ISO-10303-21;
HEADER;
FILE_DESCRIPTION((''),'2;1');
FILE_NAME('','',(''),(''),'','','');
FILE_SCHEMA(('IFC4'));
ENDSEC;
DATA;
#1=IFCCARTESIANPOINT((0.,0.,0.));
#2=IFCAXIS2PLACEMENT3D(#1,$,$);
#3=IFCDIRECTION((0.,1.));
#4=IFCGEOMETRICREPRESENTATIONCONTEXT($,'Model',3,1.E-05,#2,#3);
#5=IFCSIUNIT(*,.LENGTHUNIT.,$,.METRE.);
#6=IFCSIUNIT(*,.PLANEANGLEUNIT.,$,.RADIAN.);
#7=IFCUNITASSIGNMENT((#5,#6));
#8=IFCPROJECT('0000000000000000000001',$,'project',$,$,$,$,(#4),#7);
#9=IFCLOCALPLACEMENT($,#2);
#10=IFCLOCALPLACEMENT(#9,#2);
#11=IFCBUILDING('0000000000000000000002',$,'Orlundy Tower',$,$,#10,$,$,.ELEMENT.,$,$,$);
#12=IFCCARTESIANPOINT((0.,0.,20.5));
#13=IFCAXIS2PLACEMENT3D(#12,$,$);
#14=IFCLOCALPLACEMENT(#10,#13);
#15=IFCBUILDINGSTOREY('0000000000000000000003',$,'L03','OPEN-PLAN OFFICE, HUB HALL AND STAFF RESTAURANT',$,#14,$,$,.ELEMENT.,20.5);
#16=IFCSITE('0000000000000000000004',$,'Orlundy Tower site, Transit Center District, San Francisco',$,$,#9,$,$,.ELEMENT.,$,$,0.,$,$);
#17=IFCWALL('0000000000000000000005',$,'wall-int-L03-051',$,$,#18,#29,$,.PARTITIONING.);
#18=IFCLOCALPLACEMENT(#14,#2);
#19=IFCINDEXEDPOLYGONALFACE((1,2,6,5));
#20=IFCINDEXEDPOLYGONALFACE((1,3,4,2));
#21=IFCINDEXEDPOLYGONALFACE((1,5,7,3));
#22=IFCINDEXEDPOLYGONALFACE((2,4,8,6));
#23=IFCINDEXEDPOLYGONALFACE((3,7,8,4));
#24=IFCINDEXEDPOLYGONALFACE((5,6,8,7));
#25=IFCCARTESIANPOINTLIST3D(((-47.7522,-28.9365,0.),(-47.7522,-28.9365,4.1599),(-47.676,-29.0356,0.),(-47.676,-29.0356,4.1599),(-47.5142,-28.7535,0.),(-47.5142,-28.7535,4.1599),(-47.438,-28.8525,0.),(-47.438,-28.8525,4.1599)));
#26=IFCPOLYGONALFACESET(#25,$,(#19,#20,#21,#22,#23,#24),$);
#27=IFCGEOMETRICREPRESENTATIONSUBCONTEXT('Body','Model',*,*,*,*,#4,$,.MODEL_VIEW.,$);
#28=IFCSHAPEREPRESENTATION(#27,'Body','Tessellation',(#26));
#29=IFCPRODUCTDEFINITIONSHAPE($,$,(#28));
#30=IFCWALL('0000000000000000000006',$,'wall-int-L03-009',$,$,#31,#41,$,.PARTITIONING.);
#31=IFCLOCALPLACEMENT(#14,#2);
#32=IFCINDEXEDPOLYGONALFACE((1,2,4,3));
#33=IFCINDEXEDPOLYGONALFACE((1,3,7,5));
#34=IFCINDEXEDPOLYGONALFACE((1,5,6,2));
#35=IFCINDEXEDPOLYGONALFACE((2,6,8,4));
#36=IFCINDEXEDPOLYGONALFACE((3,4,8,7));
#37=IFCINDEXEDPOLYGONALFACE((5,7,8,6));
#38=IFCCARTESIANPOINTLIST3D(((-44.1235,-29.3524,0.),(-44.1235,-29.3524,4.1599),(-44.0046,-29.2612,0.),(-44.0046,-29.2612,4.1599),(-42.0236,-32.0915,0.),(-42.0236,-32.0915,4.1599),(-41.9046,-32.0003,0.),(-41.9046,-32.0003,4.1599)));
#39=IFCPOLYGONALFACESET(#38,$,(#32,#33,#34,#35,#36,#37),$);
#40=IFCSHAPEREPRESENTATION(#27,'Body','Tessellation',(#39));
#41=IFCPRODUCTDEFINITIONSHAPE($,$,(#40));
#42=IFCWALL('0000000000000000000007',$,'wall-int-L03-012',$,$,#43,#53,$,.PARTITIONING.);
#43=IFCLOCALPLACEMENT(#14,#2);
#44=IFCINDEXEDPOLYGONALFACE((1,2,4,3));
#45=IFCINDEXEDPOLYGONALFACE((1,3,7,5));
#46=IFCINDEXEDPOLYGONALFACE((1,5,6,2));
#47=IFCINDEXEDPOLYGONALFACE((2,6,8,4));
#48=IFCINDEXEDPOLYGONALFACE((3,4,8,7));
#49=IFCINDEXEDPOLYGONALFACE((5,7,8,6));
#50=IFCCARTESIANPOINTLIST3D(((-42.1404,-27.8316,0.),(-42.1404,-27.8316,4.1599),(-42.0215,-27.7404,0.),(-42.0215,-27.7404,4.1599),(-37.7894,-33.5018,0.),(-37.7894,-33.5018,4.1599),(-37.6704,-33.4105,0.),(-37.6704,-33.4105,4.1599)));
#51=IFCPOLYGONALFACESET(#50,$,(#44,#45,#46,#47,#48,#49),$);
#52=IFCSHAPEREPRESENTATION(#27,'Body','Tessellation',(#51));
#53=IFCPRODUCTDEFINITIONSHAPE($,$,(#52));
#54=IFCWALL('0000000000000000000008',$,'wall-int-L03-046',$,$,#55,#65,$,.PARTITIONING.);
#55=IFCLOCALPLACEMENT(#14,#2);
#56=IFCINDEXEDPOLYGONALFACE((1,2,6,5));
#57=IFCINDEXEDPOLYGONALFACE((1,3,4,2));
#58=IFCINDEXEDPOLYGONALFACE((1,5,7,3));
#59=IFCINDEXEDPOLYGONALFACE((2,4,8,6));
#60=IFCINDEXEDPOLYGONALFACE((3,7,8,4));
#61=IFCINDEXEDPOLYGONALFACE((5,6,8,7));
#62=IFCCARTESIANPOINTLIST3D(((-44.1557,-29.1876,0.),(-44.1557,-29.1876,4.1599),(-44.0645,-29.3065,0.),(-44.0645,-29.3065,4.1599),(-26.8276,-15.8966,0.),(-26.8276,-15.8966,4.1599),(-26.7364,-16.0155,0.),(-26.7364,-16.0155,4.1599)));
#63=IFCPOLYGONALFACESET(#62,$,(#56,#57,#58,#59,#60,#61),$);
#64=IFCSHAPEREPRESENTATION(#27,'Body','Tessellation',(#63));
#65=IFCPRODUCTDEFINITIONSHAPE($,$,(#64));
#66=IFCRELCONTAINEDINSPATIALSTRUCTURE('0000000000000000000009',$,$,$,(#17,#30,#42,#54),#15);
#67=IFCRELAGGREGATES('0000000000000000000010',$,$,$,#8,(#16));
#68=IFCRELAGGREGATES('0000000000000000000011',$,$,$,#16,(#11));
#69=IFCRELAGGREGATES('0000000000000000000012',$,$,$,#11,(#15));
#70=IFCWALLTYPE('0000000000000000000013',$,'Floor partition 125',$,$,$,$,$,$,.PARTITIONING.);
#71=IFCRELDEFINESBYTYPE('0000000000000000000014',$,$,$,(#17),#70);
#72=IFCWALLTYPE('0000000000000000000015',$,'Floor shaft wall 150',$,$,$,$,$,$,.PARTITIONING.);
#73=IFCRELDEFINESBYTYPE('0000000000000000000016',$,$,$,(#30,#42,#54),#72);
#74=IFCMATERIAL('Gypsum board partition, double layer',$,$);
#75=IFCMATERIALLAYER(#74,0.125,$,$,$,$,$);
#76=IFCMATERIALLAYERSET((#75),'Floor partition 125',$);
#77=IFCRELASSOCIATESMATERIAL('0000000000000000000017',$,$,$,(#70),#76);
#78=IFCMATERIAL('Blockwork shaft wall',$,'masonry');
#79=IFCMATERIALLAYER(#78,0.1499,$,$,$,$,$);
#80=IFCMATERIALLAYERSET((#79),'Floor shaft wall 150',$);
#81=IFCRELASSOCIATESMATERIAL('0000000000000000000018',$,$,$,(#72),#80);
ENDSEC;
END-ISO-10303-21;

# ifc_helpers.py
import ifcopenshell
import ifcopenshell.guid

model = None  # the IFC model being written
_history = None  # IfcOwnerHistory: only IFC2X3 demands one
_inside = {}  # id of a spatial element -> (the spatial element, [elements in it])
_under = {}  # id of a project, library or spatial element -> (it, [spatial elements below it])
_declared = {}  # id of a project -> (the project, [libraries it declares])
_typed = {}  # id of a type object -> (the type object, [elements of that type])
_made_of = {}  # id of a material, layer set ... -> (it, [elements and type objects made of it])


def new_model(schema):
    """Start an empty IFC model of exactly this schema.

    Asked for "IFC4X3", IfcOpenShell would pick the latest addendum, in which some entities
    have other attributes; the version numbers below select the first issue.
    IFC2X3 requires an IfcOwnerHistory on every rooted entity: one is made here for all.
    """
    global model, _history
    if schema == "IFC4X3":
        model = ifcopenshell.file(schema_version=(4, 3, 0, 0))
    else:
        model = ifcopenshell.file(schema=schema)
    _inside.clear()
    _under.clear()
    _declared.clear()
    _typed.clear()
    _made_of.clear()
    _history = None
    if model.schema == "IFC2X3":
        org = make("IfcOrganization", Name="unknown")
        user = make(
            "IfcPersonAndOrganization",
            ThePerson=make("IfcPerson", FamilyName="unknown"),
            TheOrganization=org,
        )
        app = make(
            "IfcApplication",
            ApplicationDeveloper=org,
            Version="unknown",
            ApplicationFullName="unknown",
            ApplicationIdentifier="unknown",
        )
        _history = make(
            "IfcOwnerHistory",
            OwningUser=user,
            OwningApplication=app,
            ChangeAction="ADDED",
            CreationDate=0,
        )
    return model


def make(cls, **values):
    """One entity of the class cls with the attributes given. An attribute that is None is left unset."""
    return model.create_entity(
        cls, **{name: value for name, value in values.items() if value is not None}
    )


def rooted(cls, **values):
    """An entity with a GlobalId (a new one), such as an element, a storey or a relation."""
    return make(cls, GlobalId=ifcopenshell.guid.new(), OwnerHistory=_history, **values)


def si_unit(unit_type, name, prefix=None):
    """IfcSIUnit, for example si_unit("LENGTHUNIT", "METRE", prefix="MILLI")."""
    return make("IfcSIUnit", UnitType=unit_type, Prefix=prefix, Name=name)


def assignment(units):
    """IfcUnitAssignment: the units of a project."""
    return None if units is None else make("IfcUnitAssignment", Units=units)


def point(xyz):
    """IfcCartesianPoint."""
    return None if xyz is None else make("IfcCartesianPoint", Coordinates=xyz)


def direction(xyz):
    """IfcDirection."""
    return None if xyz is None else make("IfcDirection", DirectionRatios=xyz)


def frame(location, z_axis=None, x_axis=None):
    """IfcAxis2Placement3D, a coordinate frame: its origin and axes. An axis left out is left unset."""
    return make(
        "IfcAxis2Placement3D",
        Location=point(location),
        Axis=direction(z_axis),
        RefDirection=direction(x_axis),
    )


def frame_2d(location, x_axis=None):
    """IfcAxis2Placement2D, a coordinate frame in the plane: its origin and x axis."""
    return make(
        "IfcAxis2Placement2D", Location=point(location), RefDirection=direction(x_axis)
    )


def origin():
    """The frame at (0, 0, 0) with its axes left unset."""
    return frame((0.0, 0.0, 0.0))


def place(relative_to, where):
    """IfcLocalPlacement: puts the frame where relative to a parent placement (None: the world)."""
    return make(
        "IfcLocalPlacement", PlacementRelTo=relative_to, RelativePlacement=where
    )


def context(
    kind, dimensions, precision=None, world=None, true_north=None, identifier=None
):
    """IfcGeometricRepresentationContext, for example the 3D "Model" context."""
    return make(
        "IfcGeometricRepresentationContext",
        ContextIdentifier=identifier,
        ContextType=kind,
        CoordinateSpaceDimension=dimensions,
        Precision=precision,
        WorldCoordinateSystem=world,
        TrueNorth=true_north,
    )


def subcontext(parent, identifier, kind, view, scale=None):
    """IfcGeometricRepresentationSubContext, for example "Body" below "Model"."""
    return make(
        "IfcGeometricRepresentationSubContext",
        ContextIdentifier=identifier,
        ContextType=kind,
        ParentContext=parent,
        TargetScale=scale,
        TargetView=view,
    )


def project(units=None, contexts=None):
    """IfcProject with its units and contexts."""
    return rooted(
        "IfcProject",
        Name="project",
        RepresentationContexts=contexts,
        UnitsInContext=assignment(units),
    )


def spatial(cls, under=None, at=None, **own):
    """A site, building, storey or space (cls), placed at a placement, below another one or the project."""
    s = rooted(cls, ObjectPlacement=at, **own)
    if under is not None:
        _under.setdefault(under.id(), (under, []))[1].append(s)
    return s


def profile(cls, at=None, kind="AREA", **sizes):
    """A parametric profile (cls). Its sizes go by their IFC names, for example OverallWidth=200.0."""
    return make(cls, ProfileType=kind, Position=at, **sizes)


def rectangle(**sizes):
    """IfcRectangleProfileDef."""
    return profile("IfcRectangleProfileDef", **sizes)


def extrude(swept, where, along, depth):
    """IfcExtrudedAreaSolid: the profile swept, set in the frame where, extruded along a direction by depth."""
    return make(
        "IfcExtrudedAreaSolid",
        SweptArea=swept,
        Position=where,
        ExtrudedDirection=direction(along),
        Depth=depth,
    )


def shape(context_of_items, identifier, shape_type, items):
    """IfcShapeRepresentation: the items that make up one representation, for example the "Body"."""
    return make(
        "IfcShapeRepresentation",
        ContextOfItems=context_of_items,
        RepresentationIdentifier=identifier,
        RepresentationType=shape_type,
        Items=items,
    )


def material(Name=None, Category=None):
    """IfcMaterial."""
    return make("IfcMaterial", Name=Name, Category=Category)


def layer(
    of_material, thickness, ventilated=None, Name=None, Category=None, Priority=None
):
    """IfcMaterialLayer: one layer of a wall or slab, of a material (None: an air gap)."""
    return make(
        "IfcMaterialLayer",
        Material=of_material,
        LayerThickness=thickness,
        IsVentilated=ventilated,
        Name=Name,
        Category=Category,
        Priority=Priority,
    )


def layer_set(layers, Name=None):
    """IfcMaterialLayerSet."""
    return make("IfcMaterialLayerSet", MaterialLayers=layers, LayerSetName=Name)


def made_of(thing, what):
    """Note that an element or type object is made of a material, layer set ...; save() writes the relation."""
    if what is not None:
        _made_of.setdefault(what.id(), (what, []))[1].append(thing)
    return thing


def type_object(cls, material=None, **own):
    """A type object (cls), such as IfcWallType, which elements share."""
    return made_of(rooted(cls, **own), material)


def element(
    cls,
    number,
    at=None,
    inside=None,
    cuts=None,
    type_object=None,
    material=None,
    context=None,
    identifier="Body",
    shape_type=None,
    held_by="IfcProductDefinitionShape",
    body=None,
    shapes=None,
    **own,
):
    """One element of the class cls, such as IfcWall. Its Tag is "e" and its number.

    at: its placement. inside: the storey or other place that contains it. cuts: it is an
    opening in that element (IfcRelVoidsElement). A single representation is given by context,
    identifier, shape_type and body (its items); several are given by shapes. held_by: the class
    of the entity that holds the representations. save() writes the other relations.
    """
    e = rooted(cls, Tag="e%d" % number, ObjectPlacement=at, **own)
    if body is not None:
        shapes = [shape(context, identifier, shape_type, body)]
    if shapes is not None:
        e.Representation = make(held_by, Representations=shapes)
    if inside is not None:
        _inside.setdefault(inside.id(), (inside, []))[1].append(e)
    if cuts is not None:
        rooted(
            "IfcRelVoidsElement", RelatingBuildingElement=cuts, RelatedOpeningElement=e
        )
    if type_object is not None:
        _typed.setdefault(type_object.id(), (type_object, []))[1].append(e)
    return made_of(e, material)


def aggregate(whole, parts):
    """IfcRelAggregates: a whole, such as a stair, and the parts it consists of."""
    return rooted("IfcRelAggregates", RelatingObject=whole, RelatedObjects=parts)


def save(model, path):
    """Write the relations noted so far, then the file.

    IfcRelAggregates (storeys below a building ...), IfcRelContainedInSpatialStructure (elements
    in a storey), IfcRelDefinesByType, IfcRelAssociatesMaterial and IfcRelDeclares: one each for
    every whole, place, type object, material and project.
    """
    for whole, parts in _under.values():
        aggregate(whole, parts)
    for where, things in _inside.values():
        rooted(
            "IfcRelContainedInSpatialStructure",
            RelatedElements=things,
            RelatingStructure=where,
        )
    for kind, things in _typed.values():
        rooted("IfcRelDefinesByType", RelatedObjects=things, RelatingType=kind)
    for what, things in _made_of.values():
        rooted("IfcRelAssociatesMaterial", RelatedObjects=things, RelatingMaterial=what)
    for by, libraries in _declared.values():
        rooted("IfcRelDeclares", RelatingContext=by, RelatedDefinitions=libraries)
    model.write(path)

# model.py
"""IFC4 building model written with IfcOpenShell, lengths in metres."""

from ifc_helpers import new_model, si_unit, direction, frame, frame_2d, origin, place, context, subcontext, project, spatial, rectangle, extrude, material, layer, layer_set, type_object, element, save


model = new_model("IFC4")

# Units and contexts
model_context = context("Model", 3, precision=1e-05, world=origin(), true_north=direction((0.0, 1.0)))
body_context = subcontext(model_context, "Body", "Model", "MODEL_VIEW")
ifc_project = project(units=[si_unit("LENGTHUNIT", "METRE"), si_unit("PLANEANGLEUNIT", "RADIAN")], contexts=[model_context])

# Site, building, storey
site_placement = place(None, origin())
site = spatial("IfcSite", under=ifc_project, at=site_placement, Name="Orlundy Tower site, Transit Center District, San Francisco", CompositionType="ELEMENT", RefElevation=0.0)
building_placement = place(site_placement, origin())
building = spatial("IfcBuilding", under=site, at=building_placement, Name="Orlundy Tower", CompositionType="ELEMENT")
storey_placement = place(building_placement, frame((0.0, 0.0, 20.5)))
storey = spatial("IfcBuildingStorey", under=building, at=storey_placement, Name="L03", Description="OPEN-PLAN OFFICE, HUB HALL AND STAFF RESTAURANT", CompositionType="ELEMENT", Elevation=20.5)

# Shared definitions
ifc_material_1 = material(Name="Gypsum board partition, double layer")
ifc_layer_1 = layer(ifc_material_1, 0.125)
ifc_layer_set_1 = layer_set([ifc_layer_1], Name="Floor partition 125")
wall_type_1 = type_object("IfcWallType", Name="Floor partition 125", PredefinedType="PARTITIONING", material=ifc_layer_set_1)

# Walls
wall_1_placement = place(storey_placement, frame((-47.7141, -28.9861, 0.0), z_axis=(0.0, 0.0, 1.0), x_axis=(0.792624, 0.609711, 0.0)))
element("IfcWall", 1, at=wall_1_placement, inside=storey, type_object=wall_type_1, Name="wall-int-L03-051", PredefinedType="PARTITIONING", context=body_context, shape_type="SweptSolid", body=[
    extrude(rectangle(XDim=0.3003, YDim=0.125, at=frame_2d((0.1501, 0.0))), origin(), (0.0, 0.0, 1.0), 4.1599),
])
ifc_material_2 = material(Name="Blockwork shaft wall", Category="masonry")
ifc_layer_2 = layer(ifc_material_2, 0.1499)
ifc_layer_set_2 = layer_set([ifc_layer_2], Name="Floor shaft wall 150")
wall_type_2 = type_object("IfcWallType", Name="Floor shaft wall 150", PredefinedType="PARTITIONING", material=ifc_layer_set_2)
wall_2_placement = place(storey_placement, frame((-44.064, -29.3069, 0.0), z_axis=(0.0, 0.0, 1.0), x_axis=(0.608421, -0.793614, 0.0)))
element("IfcWall", 2, at=wall_2_placement, inside=storey, type_object=wall_type_2, Name="wall-int-L03-009", PredefinedType="PARTITIONING", context=body_context, shape_type="SweptSolid", body=[
    extrude(rectangle(XDim=3.4514, YDim=0.1499, at=frame_2d((1.7256, 0.0))), origin(), (0.0, 0.0, 1.0), 4.1599),
])
wall_3_placement = place(storey_placement, frame((-42.0811, -27.7859, 0.0), z_axis=(0.0, 0.0, 1.0), x_axis=(0.608779, -0.79334, 0.0)))
element("IfcWall", 3, at=wall_3_placement, inside=storey, type_object=wall_type_2, Name="wall-int-L03-012", PredefinedType="PARTITIONING", context=body_context, shape_type="SweptSolid", body=[
    extrude(rectangle(XDim=7.1472, YDim=0.1499, at=frame_2d((3.5737, 0.0))), origin(), (0.0, 0.0, 1.0), 4.1599),
])
wall_4_placement = place(storey_placement, frame((-44.1101, -29.2471, 0.0), z_axis=(0.0, 0.0, 1.0), x_axis=(0.793471, 0.608608, 0.0)))
element("IfcWall", 4, at=wall_4_placement, inside=storey, type_object=wall_type_2, Name="wall-int-L03-046", PredefinedType="PARTITIONING", context=body_context, shape_type="SweptSolid", body=[
    extrude(rectangle(XDim=21.8384, YDim=0.1499, at=frame_2d((10.9192, 0.0))), origin(), (0.0, 0.0, 1.0), 4.1599),
])

save(model, "model.ifc")
